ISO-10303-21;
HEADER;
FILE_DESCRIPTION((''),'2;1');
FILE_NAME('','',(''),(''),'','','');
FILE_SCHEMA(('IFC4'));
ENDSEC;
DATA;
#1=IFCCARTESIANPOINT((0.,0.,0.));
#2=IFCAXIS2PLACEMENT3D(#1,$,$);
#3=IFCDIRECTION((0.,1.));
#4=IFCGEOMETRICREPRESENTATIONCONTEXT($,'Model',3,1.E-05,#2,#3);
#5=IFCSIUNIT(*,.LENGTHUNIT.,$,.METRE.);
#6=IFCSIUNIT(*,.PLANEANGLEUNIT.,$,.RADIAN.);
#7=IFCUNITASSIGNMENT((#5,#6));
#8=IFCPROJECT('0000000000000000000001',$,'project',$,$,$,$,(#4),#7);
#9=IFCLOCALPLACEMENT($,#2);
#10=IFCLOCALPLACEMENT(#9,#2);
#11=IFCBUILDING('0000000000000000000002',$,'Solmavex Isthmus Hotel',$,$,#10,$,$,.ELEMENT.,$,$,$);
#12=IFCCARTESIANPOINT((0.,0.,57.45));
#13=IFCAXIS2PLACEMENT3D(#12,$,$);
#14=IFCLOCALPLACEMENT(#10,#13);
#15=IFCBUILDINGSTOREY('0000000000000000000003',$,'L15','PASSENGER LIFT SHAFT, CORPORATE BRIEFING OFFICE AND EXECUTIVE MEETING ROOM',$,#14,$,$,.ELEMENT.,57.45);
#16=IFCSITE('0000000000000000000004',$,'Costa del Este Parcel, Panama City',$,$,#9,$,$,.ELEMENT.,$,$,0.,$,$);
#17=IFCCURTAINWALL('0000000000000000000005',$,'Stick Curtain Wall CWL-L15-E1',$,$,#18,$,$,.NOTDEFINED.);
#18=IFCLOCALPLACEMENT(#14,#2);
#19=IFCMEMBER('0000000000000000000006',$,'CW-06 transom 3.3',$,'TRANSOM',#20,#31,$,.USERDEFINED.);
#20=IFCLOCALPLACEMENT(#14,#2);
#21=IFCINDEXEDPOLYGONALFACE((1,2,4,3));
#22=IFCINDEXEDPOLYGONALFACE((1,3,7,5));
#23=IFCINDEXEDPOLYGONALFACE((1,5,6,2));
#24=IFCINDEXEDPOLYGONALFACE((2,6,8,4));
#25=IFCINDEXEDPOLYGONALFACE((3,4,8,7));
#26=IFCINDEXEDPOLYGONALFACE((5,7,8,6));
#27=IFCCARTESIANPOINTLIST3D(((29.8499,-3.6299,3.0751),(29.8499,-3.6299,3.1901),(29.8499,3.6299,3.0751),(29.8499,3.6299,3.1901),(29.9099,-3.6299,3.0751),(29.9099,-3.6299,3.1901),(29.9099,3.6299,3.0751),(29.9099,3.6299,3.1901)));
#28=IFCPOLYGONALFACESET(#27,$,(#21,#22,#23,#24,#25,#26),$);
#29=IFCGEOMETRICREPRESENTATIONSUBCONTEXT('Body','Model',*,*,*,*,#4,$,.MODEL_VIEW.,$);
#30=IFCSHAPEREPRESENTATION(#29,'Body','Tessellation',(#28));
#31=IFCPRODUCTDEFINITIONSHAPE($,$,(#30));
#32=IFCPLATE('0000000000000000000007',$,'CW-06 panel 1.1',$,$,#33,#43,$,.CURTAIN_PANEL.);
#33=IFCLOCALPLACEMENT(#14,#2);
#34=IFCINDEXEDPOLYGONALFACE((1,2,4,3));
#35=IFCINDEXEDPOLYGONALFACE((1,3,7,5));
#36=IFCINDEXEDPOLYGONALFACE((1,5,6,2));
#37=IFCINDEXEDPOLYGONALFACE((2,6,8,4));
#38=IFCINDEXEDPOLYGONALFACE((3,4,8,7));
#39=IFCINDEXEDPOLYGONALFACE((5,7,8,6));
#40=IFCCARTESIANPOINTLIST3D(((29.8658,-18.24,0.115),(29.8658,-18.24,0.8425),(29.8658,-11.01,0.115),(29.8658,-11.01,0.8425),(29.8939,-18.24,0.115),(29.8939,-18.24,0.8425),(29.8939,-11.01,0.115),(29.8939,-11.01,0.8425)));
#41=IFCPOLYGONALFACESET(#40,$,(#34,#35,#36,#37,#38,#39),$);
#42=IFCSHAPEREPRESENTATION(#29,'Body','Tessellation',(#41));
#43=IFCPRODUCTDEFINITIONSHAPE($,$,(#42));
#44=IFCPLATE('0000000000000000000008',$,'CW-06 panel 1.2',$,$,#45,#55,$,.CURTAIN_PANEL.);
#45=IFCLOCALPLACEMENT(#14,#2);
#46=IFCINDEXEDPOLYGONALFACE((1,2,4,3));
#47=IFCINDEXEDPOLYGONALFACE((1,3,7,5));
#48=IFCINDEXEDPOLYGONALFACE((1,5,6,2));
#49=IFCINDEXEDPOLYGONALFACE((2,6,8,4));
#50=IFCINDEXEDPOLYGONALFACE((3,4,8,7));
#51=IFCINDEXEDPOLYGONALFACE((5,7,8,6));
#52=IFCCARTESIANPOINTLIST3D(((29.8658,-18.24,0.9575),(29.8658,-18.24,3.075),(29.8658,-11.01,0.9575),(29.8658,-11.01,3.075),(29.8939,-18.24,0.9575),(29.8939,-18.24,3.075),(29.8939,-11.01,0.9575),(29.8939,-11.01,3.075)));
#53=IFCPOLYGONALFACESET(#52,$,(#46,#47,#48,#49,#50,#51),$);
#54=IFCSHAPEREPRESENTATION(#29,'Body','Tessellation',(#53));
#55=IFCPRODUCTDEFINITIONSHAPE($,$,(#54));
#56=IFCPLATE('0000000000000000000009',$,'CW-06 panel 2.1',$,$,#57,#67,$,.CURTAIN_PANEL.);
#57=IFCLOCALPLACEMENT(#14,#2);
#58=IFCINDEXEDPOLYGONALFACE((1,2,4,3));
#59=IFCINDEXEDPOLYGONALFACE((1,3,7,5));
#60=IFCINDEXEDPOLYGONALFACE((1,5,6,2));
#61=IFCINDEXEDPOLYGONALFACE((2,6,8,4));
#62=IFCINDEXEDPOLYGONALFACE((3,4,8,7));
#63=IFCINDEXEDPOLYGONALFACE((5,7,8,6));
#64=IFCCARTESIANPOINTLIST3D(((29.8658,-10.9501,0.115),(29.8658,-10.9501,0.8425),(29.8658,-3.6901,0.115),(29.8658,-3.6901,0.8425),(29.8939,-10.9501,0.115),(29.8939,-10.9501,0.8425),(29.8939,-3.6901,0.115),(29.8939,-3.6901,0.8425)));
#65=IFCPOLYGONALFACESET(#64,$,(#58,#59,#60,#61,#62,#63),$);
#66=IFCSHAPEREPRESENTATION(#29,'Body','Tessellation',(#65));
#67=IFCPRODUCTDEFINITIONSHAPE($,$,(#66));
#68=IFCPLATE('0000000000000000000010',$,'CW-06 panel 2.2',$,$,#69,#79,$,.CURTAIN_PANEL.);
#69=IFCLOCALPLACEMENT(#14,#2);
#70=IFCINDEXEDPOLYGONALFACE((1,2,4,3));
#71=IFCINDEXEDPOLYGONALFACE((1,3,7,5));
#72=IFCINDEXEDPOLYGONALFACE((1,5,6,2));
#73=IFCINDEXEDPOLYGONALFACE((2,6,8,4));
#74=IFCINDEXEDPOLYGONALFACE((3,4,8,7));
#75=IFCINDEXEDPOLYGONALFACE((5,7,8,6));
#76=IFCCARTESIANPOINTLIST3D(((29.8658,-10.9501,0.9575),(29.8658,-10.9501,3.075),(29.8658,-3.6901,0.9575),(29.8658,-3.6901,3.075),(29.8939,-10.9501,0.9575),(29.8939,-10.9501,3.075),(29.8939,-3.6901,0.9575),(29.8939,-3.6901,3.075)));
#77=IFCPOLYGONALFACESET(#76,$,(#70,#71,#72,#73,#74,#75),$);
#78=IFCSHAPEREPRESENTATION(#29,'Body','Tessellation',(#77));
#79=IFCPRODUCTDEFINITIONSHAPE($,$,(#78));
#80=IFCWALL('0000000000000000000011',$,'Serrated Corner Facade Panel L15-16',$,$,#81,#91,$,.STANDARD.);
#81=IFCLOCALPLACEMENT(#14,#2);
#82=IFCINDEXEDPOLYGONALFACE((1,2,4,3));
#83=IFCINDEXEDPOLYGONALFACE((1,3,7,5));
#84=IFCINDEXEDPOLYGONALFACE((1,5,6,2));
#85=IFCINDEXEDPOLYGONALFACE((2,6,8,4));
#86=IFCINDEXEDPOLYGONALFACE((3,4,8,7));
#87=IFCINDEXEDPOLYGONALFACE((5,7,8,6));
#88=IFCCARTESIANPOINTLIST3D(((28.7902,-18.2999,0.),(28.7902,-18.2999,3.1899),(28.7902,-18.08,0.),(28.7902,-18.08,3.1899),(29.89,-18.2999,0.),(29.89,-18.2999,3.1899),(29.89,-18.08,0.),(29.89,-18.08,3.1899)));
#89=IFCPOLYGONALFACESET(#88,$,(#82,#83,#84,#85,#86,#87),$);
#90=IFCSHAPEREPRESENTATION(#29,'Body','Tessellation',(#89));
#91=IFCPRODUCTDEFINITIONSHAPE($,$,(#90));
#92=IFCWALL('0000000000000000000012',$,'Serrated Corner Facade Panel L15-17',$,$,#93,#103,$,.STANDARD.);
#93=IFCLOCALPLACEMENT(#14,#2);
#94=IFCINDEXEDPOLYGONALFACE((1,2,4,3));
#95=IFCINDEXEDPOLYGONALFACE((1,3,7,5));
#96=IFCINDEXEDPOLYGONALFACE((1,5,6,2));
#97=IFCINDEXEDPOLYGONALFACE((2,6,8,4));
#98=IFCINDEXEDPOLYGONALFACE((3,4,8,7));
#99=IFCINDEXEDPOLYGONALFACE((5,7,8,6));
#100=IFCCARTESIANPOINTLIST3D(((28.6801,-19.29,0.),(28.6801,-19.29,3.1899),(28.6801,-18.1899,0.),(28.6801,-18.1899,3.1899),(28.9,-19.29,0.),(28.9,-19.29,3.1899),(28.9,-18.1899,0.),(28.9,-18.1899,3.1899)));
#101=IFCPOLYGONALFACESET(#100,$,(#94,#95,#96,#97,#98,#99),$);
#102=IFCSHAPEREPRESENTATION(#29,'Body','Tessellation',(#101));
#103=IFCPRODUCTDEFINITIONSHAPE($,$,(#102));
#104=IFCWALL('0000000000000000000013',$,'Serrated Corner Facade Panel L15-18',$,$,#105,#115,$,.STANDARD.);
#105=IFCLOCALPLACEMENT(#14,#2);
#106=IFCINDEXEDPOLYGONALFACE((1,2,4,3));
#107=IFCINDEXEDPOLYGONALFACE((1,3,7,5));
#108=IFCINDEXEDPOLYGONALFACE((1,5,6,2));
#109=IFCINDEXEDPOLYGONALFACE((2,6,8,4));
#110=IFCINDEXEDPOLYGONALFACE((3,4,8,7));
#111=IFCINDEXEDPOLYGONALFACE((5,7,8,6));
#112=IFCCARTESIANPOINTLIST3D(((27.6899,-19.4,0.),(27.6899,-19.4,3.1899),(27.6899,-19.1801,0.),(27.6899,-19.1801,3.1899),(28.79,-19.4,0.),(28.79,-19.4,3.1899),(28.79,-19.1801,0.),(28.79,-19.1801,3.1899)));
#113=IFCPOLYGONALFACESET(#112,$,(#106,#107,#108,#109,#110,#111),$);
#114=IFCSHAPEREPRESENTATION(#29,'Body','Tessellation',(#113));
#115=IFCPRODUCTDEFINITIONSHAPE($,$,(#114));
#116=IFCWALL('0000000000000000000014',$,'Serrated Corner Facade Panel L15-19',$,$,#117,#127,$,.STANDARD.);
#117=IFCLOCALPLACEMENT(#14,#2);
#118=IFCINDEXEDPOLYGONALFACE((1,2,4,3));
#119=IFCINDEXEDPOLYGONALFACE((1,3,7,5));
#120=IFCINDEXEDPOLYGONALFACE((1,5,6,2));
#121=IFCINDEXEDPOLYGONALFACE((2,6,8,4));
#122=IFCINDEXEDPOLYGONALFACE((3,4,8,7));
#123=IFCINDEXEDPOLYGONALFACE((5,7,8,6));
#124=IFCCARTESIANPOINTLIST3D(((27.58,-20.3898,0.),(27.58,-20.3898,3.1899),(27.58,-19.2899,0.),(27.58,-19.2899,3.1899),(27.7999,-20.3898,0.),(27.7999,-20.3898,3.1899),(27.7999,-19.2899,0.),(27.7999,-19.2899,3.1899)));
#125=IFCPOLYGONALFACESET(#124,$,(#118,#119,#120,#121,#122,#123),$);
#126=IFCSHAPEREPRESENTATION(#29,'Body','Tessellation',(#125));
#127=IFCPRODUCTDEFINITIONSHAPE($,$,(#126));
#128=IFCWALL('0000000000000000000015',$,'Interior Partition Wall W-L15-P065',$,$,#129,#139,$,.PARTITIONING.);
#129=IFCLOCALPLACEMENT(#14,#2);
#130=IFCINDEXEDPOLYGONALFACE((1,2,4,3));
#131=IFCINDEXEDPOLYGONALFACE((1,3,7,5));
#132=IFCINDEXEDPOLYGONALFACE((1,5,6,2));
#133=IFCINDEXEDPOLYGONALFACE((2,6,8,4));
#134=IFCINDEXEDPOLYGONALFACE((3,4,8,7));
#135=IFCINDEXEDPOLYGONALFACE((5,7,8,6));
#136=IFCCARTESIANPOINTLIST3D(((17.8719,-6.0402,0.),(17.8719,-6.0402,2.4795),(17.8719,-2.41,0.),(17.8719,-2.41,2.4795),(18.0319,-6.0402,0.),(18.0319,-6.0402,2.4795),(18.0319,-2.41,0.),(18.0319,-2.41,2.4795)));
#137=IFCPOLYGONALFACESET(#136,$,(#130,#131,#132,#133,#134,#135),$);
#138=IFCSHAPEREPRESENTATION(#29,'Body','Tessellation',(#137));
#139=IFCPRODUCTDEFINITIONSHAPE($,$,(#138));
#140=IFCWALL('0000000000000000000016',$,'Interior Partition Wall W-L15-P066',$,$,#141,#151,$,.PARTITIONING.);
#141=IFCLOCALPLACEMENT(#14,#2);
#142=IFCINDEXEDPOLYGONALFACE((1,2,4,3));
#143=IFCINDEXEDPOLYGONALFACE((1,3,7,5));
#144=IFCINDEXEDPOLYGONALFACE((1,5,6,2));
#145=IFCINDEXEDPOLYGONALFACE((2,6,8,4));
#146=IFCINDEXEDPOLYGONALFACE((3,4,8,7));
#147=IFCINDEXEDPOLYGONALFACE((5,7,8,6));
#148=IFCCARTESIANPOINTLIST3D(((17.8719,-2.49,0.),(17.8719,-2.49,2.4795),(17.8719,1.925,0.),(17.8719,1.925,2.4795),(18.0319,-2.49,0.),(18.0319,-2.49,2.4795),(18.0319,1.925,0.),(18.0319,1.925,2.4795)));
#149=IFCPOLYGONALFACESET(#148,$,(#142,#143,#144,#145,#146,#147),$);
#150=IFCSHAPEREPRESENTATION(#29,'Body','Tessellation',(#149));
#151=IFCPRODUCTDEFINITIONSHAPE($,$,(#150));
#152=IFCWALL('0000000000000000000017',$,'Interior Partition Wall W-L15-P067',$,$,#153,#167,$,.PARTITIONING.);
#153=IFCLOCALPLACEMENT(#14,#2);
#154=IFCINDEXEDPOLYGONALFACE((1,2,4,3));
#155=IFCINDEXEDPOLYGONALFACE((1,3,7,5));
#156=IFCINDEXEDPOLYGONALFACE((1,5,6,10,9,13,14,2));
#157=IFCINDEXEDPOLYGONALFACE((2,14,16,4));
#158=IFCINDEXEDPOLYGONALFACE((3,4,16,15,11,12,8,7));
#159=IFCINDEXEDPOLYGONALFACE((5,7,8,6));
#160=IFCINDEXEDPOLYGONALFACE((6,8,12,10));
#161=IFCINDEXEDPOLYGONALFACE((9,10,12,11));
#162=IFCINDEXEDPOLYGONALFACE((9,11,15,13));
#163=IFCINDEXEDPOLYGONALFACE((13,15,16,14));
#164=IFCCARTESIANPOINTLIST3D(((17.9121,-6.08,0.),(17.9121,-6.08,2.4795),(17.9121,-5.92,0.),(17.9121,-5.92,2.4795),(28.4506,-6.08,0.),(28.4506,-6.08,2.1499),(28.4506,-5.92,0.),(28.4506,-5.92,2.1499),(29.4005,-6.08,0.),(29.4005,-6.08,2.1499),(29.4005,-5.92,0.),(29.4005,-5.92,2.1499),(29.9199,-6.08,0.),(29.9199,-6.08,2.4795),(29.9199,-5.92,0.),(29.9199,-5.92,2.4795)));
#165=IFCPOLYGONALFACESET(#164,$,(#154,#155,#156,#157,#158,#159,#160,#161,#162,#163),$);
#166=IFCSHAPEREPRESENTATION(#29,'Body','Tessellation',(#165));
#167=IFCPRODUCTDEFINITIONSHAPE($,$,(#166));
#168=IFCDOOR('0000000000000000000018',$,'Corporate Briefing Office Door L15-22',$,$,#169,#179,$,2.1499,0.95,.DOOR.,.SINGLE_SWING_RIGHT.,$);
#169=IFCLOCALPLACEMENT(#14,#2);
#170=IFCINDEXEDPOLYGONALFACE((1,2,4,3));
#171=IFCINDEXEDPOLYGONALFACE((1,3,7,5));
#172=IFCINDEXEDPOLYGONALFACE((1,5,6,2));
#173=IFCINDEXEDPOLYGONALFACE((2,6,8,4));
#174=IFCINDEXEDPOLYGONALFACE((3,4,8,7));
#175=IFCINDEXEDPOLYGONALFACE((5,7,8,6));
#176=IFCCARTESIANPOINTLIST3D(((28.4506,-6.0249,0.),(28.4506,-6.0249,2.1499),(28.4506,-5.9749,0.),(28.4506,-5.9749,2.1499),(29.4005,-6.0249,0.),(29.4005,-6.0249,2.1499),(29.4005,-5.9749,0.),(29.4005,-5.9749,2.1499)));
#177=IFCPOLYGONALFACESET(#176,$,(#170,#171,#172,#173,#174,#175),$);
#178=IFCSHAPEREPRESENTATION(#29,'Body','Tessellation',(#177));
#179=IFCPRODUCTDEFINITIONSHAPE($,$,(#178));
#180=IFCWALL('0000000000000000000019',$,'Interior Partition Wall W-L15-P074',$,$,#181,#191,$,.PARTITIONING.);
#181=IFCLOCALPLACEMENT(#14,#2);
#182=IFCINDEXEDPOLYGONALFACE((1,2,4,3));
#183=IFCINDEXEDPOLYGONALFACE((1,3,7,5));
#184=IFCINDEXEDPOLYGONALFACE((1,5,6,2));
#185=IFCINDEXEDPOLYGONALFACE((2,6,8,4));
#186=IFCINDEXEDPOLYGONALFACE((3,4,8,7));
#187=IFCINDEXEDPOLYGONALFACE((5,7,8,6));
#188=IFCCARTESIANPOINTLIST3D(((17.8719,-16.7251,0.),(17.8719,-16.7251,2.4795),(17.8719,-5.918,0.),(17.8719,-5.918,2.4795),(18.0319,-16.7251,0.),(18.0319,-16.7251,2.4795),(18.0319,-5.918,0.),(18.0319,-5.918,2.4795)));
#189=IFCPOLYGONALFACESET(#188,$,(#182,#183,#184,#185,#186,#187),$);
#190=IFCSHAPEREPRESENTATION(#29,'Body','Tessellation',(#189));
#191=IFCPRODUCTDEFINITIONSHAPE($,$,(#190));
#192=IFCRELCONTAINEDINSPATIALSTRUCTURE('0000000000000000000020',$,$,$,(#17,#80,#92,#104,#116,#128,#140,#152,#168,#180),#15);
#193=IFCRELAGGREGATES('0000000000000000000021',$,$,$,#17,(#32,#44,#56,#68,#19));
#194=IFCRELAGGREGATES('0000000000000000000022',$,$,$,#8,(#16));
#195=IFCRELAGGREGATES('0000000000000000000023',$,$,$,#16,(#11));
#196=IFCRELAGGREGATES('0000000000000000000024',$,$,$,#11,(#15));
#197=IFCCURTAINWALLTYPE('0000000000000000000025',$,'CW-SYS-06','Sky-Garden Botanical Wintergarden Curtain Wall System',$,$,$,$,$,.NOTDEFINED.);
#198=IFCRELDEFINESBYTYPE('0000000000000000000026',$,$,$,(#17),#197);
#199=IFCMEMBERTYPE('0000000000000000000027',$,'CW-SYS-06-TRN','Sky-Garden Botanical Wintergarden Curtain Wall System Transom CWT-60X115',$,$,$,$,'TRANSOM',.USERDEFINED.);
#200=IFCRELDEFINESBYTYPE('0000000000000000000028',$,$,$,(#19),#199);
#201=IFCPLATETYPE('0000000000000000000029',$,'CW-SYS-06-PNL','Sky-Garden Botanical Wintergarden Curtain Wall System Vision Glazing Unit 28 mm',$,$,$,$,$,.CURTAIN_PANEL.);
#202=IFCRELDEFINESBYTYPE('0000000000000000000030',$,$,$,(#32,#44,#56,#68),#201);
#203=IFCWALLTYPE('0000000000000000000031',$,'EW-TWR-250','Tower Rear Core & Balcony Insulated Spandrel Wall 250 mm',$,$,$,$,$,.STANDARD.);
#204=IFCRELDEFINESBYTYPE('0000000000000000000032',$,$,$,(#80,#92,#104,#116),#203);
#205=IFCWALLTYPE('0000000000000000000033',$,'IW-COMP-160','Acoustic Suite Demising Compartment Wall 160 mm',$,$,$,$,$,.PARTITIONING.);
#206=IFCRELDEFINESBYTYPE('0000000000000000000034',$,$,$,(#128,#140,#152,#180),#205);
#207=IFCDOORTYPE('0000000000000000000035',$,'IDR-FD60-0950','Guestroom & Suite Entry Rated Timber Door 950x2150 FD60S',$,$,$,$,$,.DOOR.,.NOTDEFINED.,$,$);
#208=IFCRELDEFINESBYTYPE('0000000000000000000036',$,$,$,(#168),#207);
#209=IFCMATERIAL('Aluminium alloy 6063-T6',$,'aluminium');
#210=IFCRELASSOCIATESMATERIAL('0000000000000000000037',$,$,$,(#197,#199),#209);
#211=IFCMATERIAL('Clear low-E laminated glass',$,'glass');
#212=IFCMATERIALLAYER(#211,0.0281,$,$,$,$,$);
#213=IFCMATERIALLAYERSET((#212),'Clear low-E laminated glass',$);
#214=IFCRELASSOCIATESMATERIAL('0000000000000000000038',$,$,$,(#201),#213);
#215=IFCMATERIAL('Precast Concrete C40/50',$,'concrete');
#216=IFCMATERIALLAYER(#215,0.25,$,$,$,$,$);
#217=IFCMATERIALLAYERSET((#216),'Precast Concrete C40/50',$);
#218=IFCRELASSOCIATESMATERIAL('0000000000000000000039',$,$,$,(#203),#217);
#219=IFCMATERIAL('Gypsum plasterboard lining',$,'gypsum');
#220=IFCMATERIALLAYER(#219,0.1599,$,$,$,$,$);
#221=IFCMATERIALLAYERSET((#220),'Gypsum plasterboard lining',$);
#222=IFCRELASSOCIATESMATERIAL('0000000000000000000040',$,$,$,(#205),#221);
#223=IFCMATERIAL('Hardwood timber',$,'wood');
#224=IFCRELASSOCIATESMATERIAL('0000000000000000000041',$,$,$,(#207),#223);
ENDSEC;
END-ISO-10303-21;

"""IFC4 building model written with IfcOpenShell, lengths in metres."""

from ifc_helpers import new_model, si_unit, direction, frame, frame_2d, origin, origin_2d, place, context, subcontext, project, spatial, rectangle, extrude, material, layer, layer_set, material_profile, profile_set, type_object, element, fill, aggregate, save


model = new_model("IFC4")

# Units and contexts
model_context = context("Model", 3, precision=1e-05, world=origin(), true_north=direction((0.0, 1.0)))
body_context = subcontext(model_context, "Body", "Model", "MODEL_VIEW")
ifc_project = project(units=[si_unit("LENGTHUNIT", "METRE"), si_unit("PLANEANGLEUNIT", "RADIAN")], contexts=[model_context])

# Site, building, storey
site_placement = place(None, origin())
site = spatial("IfcSite", under=ifc_project, at=site_placement, Name="Costa del Este Parcel, Panama City", CompositionType="ELEMENT", RefElevation=0.0)
building_placement = place(site_placement, origin())
building = spatial("IfcBuilding", under=site, at=building_placement, Name="Solmavex Isthmus Hotel", CompositionType="ELEMENT")
storey_placement = place(building_placement, frame((0.0, 0.0, 57.45)))
storey = spatial("IfcBuildingStorey", under=building, at=storey_placement, Name="L15", Description="PASSENGER LIFT SHAFT, CORPORATE BRIEFING OFFICE AND EXECUTIVE MEETING ROOM", CompositionType="ELEMENT", Elevation=57.45)

# Curtain wall, member, plates
ifc_material_1 = material(Name="Aluminium alloy 6063-T6", Category="aluminium")
curtain_wall_type = type_object("IfcCurtainWallType", Name="CW-SYS-06", Description="Sky-Garden Botanical Wintergarden Curtain Wall System", PredefinedType="NOTDEFINED", material=ifc_material_1)
curtain_wall_placement = place(storey_placement, origin())
curtain_wall = element("IfcCurtainWall", 1, at=curtain_wall_placement, inside=storey, type_object=curtain_wall_type, Name="Stick Curtain Wall CWL-L15-E1", PredefinedType="NOTDEFINED")
ifc_material_profile_1 = material_profile(ifc_material_1, rectangle(XDim=0.0601, YDim=0.115, at=origin_2d()), Name="CWT-60X115")
ifc_profile_set_1 = profile_set([ifc_material_profile_1], Name="Aluminium alloy 6063-T6")
member_type_1 = type_object("IfcMemberType", Name="CW-SYS-06-TRN", Description="Sky-Garden Botanical Wintergarden Curtain Wall System Transom CWT-60X115", ElementType="TRANSOM", PredefinedType="USERDEFINED", material=ifc_profile_set_1)
member_1_placement = place(storey_placement, frame((29.8799, -3.6299, 3.1326), z_axis=(0.0, 1.0, 0.0), x_axis=(-1.0, 0.0, 0.0)))
member_1 = element("IfcMember", 2, at=member_1_placement, type_object=member_type_1, Name="CW-06 transom 3.3", ObjectType="TRANSOM", PredefinedType="USERDEFINED", context=body_context, shape_type="SweptSolid", body=[
    extrude(rectangle(XDim=0.0601, YDim=0.115, at=origin_2d()), origin(), (0.0, 0.0, 1.0), 7.2598),
])
ifc_material_2 = material(Name="Clear low-E laminated glass", Category="glass")
ifc_layer_1 = layer(ifc_material_2, 0.0281)
ifc_layer_set_1 = layer_set([ifc_layer_1], Name="Clear low-E laminated glass")
plate_type = type_object("IfcPlateType", Name="CW-SYS-06-PNL", Description="Sky-Garden Botanical Wintergarden Curtain Wall System Vision Glazing Unit 28 mm", PredefinedType="CURTAIN_PANEL", material=ifc_layer_set_1)
plate_1_placement = place(storey_placement, frame((29.8799, -14.625, 0.115), z_axis=(0.0, 0.0, 1.0), x_axis=(0.0, 1.0, 0.0)))
plate_1 = element("IfcPlate", 3, at=plate_1_placement, type_object=plate_type, Name="CW-06 panel 1.1", PredefinedType="CURTAIN_PANEL", context=body_context, shape_type="SweptSolid", body=[
    extrude(rectangle(XDim=7.23, YDim=0.0281, at=origin_2d()), origin(), (0.0, 0.0, 1.0), 0.7275),
])
plate_2_placement = place(storey_placement, frame((29.8799, -14.625, 0.9575), z_axis=(0.0, 0.0, 1.0), x_axis=(0.0, 1.0, 0.0)))
plate_2 = element("IfcPlate", 4, at=plate_2_placement, type_object=plate_type, Name="CW-06 panel 1.2", PredefinedType="CURTAIN_PANEL", context=body_context, shape_type="SweptSolid", body=[
    extrude(rectangle(XDim=7.23, YDim=0.0281, at=origin_2d()), origin(), (0.0, 0.0, 1.0), 2.1174),
])
plate_3_placement = place(storey_placement, frame((29.8799, -7.3201, 0.115), z_axis=(0.0, 0.0, 1.0), x_axis=(0.0, 1.0, 0.0)))
plate_3 = element("IfcPlate", 5, at=plate_3_placement, type_object=plate_type, Name="CW-06 panel 2.1", PredefinedType="CURTAIN_PANEL", context=body_context, shape_type="SweptSolid", body=[
    extrude(rectangle(XDim=7.26, YDim=0.0281, at=origin_2d()), origin(), (0.0, 0.0, 1.0), 0.7275),
])
plate_4_placement = place(storey_placement, frame((29.8799, -7.3201, 0.9575), z_axis=(0.0, 0.0, 1.0), x_axis=(0.0, 1.0, 0.0)))
plate_4 = element("IfcPlate", 6, at=plate_4_placement, type_object=plate_type, Name="CW-06 panel 2.2", PredefinedType="CURTAIN_PANEL", context=body_context, shape_type="SweptSolid", body=[
    extrude(rectangle(XDim=7.26, YDim=0.0281, at=origin_2d()), origin(), (0.0, 0.0, 1.0), 2.1174),
])
aggregate(curtain_wall, [plate_1, plate_2, plate_3, plate_4, member_1])

# Walls
ifc_material_3 = material(Name="Precast Concrete C40/50", Category="concrete")
ifc_layer_2 = layer(ifc_material_3, 0.25)
ifc_layer_set_2 = layer_set([ifc_layer_2], Name="Precast Concrete C40/50")
wall_type_1 = type_object("IfcWallType", Name="EW-TWR-250", Description="Tower Rear Core & Balcony Insulated Spandrel Wall 250 mm", PredefinedType="STANDARD", material=ifc_layer_set_2)
wall_1_placement = place(storey_placement, frame((29.8899, -18.1899, 0.0), z_axis=(0.0, 0.0, 1.0), x_axis=(-1.0, 0.0, 0.0)))
element("IfcWall", 7, at=wall_1_placement, inside=storey, type_object=wall_type_1, Name="Serrated Corner Facade Panel L15-16", PredefinedType="STANDARD", context=body_context, shape_type="SweptSolid", body=[
    extrude(rectangle(XDim=1.0999, YDim=0.22, at=frame_2d((0.5498, 0.0))), origin(), (0.0, 0.0, 1.0), 3.1899),
])
for number, where, z_axis, x_axis, name in (
    (8, (28.79, -18.1899, 0.0), (0.0, 0.0, 1.0), (0.0, -1.0, 0.0), "Serrated Corner Facade Panel L15-17"),
    (9, (28.79, -19.29, 0.0), (0.0, 0.0, 1.0), (-1.0, 0.0, 0.0), "Serrated Corner Facade Panel L15-18"),
):
    element("IfcWall", number, at=place(storey_placement, frame(where, z_axis=z_axis, x_axis=x_axis)), inside=storey, type_object=wall_type_1, Name=name, PredefinedType="STANDARD", context=body_context, shape_type="SweptSolid", body=[
        extrude(rectangle(XDim=1.1001, YDim=0.22, at=frame_2d((0.55, 0.0))), origin(), (0.0, 0.0, 1.0), 3.1899),
    ])
wall_2_placement = place(storey_placement, frame((27.6899, -19.29, 0.0), z_axis=(0.0, 0.0, 1.0), x_axis=(0.0, -1.0, 0.0)))
element("IfcWall", 10, at=wall_2_placement, inside=storey, type_object=wall_type_1, Name="Serrated Corner Facade Panel L15-19", PredefinedType="STANDARD", context=body_context, shape_type="SweptSolid", body=[
    extrude(rectangle(XDim=1.0999, YDim=0.22, at=frame_2d((0.5498, 0.0))), origin(), (0.0, 0.0, 1.0), 3.1899),
])
ifc_material_4 = material(Name="Gypsum plasterboard lining", Category="gypsum")
ifc_layer_3 = layer(ifc_material_4, 0.1599)
ifc_layer_set_3 = layer_set([ifc_layer_3], Name="Gypsum plasterboard lining")
wall_type_2 = type_object("IfcWallType", Name="IW-COMP-160", Description="Acoustic Suite Demising Compartment Wall 160 mm", PredefinedType="PARTITIONING", material=ifc_layer_set_3)
wall_3_placement = place(storey_placement, frame((17.9519, -6.04, 0.0), z_axis=(0.0, 0.0, 1.0), x_axis=(0.0, 1.0, 0.0)))
element("IfcWall", 11, at=wall_3_placement, inside=storey, type_object=wall_type_2, Name="Interior Partition Wall W-L15-P065", PredefinedType="PARTITIONING", context=body_context, shape_type="SweptSolid", body=[
    extrude(rectangle(XDim=3.6301, YDim=0.1599, at=frame_2d((1.8149, 0.0))), origin(), (0.0, 0.0, 1.0), 2.4795),
])
wall_4_placement = place(storey_placement, frame((17.9519, -2.49, 0.0), z_axis=(0.0, 0.0, 1.0), x_axis=(0.0, 1.0, 0.0)))
element("IfcWall", 12, at=wall_4_placement, inside=storey, type_object=wall_type_2, Name="Interior Partition Wall W-L15-P066", PredefinedType="PARTITIONING", context=body_context, shape_type="SweptSolid", body=[
    extrude(rectangle(XDim=4.415, YDim=0.1599, at=frame_2d((2.2075, 0.0))), origin(), (0.0, 0.0, 1.0), 2.4795),
])

# Wall, opening, door
wall_5_placement = place(storey_placement, frame((29.9199, -6.0, 0.0), z_axis=(0.0, 0.0, 1.0), x_axis=(-1.0, 0.0, 0.0)))
wall_5 = element("IfcWall", 13, at=wall_5_placement, inside=storey, type_object=wall_type_2, Name="Interior Partition Wall W-L15-P067", PredefinedType="PARTITIONING", context=body_context, shape_type="SweptSolid", body=[
    extrude(rectangle(XDim=12.0078, YDim=0.1599, at=frame_2d((6.0039, 0.0))), origin(), (0.0, 0.0, 1.0), 2.4795),
])
opening_placement = place(wall_5_placement, frame((0.5193, 0.0, 0.0)))
opening = element("IfcOpeningElement", 14, at=opening_placement, cuts=wall_5, PredefinedType="OPENING", context=body_context, shape_type="SweptSolid", body=[
    extrude(rectangle(XDim=0.95, YDim=2.1499, at=frame_2d((0.4751, 1.075))), frame((0.0, 0.0898, 0.0), z_axis=(0.0, -1.0, 0.0), x_axis=(1.0, 0.0, 0.0)), (0.0, 0.0, 1.0), 0.1799),
])
ifc_material_5 = material(Name="Hardwood timber", Category="wood")
door_type = type_object("IfcDoorType", Name="IDR-FD60-0950", Description="Guestroom & Suite Entry Rated Timber Door 950x2150 FD60S", OperationType="NOTDEFINED", PredefinedType="DOOR", material=ifc_material_5)
door_placement = place(opening_placement, origin())
door = element("IfcDoor", 15, at=door_placement, inside=storey, type_object=door_type, Name="Corporate Briefing Office Door L15-22", OperationType="SINGLE_SWING_RIGHT", OverallHeight=2.1499, OverallWidth=0.95, PredefinedType="DOOR", context=body_context, shape_type="SweptSolid", body=[
    extrude(rectangle(XDim=0.95, YDim=2.1499, at=frame_2d((0.4751, 1.075))), frame((0.0, 0.0249, 0.0), z_axis=(0.0, -1.0, 0.0), x_axis=(1.0, 0.0, 0.0)), (0.0, 0.0, 1.0), 0.05),
])
fill(opening, door)

# Wall
wall_6_placement = place(storey_placement, frame((17.9519, -5.918, 0.0), z_axis=(0.0, 0.0, 1.0), x_axis=(0.0, -1.0, 0.0)))
element("IfcWall", 16, at=wall_6_placement, inside=storey, type_object=wall_type_2, Name="Interior Partition Wall W-L15-P074", PredefinedType="PARTITIONING", context=body_context, shape_type="SweptSolid", body=[
    extrude(rectangle(XDim=10.8071, YDim=0.1599, at=frame_2d((5.4036, 0.0))), origin(), (0.0, 0.0, 1.0), 2.4795),
])

save(model, "model.ifc")
